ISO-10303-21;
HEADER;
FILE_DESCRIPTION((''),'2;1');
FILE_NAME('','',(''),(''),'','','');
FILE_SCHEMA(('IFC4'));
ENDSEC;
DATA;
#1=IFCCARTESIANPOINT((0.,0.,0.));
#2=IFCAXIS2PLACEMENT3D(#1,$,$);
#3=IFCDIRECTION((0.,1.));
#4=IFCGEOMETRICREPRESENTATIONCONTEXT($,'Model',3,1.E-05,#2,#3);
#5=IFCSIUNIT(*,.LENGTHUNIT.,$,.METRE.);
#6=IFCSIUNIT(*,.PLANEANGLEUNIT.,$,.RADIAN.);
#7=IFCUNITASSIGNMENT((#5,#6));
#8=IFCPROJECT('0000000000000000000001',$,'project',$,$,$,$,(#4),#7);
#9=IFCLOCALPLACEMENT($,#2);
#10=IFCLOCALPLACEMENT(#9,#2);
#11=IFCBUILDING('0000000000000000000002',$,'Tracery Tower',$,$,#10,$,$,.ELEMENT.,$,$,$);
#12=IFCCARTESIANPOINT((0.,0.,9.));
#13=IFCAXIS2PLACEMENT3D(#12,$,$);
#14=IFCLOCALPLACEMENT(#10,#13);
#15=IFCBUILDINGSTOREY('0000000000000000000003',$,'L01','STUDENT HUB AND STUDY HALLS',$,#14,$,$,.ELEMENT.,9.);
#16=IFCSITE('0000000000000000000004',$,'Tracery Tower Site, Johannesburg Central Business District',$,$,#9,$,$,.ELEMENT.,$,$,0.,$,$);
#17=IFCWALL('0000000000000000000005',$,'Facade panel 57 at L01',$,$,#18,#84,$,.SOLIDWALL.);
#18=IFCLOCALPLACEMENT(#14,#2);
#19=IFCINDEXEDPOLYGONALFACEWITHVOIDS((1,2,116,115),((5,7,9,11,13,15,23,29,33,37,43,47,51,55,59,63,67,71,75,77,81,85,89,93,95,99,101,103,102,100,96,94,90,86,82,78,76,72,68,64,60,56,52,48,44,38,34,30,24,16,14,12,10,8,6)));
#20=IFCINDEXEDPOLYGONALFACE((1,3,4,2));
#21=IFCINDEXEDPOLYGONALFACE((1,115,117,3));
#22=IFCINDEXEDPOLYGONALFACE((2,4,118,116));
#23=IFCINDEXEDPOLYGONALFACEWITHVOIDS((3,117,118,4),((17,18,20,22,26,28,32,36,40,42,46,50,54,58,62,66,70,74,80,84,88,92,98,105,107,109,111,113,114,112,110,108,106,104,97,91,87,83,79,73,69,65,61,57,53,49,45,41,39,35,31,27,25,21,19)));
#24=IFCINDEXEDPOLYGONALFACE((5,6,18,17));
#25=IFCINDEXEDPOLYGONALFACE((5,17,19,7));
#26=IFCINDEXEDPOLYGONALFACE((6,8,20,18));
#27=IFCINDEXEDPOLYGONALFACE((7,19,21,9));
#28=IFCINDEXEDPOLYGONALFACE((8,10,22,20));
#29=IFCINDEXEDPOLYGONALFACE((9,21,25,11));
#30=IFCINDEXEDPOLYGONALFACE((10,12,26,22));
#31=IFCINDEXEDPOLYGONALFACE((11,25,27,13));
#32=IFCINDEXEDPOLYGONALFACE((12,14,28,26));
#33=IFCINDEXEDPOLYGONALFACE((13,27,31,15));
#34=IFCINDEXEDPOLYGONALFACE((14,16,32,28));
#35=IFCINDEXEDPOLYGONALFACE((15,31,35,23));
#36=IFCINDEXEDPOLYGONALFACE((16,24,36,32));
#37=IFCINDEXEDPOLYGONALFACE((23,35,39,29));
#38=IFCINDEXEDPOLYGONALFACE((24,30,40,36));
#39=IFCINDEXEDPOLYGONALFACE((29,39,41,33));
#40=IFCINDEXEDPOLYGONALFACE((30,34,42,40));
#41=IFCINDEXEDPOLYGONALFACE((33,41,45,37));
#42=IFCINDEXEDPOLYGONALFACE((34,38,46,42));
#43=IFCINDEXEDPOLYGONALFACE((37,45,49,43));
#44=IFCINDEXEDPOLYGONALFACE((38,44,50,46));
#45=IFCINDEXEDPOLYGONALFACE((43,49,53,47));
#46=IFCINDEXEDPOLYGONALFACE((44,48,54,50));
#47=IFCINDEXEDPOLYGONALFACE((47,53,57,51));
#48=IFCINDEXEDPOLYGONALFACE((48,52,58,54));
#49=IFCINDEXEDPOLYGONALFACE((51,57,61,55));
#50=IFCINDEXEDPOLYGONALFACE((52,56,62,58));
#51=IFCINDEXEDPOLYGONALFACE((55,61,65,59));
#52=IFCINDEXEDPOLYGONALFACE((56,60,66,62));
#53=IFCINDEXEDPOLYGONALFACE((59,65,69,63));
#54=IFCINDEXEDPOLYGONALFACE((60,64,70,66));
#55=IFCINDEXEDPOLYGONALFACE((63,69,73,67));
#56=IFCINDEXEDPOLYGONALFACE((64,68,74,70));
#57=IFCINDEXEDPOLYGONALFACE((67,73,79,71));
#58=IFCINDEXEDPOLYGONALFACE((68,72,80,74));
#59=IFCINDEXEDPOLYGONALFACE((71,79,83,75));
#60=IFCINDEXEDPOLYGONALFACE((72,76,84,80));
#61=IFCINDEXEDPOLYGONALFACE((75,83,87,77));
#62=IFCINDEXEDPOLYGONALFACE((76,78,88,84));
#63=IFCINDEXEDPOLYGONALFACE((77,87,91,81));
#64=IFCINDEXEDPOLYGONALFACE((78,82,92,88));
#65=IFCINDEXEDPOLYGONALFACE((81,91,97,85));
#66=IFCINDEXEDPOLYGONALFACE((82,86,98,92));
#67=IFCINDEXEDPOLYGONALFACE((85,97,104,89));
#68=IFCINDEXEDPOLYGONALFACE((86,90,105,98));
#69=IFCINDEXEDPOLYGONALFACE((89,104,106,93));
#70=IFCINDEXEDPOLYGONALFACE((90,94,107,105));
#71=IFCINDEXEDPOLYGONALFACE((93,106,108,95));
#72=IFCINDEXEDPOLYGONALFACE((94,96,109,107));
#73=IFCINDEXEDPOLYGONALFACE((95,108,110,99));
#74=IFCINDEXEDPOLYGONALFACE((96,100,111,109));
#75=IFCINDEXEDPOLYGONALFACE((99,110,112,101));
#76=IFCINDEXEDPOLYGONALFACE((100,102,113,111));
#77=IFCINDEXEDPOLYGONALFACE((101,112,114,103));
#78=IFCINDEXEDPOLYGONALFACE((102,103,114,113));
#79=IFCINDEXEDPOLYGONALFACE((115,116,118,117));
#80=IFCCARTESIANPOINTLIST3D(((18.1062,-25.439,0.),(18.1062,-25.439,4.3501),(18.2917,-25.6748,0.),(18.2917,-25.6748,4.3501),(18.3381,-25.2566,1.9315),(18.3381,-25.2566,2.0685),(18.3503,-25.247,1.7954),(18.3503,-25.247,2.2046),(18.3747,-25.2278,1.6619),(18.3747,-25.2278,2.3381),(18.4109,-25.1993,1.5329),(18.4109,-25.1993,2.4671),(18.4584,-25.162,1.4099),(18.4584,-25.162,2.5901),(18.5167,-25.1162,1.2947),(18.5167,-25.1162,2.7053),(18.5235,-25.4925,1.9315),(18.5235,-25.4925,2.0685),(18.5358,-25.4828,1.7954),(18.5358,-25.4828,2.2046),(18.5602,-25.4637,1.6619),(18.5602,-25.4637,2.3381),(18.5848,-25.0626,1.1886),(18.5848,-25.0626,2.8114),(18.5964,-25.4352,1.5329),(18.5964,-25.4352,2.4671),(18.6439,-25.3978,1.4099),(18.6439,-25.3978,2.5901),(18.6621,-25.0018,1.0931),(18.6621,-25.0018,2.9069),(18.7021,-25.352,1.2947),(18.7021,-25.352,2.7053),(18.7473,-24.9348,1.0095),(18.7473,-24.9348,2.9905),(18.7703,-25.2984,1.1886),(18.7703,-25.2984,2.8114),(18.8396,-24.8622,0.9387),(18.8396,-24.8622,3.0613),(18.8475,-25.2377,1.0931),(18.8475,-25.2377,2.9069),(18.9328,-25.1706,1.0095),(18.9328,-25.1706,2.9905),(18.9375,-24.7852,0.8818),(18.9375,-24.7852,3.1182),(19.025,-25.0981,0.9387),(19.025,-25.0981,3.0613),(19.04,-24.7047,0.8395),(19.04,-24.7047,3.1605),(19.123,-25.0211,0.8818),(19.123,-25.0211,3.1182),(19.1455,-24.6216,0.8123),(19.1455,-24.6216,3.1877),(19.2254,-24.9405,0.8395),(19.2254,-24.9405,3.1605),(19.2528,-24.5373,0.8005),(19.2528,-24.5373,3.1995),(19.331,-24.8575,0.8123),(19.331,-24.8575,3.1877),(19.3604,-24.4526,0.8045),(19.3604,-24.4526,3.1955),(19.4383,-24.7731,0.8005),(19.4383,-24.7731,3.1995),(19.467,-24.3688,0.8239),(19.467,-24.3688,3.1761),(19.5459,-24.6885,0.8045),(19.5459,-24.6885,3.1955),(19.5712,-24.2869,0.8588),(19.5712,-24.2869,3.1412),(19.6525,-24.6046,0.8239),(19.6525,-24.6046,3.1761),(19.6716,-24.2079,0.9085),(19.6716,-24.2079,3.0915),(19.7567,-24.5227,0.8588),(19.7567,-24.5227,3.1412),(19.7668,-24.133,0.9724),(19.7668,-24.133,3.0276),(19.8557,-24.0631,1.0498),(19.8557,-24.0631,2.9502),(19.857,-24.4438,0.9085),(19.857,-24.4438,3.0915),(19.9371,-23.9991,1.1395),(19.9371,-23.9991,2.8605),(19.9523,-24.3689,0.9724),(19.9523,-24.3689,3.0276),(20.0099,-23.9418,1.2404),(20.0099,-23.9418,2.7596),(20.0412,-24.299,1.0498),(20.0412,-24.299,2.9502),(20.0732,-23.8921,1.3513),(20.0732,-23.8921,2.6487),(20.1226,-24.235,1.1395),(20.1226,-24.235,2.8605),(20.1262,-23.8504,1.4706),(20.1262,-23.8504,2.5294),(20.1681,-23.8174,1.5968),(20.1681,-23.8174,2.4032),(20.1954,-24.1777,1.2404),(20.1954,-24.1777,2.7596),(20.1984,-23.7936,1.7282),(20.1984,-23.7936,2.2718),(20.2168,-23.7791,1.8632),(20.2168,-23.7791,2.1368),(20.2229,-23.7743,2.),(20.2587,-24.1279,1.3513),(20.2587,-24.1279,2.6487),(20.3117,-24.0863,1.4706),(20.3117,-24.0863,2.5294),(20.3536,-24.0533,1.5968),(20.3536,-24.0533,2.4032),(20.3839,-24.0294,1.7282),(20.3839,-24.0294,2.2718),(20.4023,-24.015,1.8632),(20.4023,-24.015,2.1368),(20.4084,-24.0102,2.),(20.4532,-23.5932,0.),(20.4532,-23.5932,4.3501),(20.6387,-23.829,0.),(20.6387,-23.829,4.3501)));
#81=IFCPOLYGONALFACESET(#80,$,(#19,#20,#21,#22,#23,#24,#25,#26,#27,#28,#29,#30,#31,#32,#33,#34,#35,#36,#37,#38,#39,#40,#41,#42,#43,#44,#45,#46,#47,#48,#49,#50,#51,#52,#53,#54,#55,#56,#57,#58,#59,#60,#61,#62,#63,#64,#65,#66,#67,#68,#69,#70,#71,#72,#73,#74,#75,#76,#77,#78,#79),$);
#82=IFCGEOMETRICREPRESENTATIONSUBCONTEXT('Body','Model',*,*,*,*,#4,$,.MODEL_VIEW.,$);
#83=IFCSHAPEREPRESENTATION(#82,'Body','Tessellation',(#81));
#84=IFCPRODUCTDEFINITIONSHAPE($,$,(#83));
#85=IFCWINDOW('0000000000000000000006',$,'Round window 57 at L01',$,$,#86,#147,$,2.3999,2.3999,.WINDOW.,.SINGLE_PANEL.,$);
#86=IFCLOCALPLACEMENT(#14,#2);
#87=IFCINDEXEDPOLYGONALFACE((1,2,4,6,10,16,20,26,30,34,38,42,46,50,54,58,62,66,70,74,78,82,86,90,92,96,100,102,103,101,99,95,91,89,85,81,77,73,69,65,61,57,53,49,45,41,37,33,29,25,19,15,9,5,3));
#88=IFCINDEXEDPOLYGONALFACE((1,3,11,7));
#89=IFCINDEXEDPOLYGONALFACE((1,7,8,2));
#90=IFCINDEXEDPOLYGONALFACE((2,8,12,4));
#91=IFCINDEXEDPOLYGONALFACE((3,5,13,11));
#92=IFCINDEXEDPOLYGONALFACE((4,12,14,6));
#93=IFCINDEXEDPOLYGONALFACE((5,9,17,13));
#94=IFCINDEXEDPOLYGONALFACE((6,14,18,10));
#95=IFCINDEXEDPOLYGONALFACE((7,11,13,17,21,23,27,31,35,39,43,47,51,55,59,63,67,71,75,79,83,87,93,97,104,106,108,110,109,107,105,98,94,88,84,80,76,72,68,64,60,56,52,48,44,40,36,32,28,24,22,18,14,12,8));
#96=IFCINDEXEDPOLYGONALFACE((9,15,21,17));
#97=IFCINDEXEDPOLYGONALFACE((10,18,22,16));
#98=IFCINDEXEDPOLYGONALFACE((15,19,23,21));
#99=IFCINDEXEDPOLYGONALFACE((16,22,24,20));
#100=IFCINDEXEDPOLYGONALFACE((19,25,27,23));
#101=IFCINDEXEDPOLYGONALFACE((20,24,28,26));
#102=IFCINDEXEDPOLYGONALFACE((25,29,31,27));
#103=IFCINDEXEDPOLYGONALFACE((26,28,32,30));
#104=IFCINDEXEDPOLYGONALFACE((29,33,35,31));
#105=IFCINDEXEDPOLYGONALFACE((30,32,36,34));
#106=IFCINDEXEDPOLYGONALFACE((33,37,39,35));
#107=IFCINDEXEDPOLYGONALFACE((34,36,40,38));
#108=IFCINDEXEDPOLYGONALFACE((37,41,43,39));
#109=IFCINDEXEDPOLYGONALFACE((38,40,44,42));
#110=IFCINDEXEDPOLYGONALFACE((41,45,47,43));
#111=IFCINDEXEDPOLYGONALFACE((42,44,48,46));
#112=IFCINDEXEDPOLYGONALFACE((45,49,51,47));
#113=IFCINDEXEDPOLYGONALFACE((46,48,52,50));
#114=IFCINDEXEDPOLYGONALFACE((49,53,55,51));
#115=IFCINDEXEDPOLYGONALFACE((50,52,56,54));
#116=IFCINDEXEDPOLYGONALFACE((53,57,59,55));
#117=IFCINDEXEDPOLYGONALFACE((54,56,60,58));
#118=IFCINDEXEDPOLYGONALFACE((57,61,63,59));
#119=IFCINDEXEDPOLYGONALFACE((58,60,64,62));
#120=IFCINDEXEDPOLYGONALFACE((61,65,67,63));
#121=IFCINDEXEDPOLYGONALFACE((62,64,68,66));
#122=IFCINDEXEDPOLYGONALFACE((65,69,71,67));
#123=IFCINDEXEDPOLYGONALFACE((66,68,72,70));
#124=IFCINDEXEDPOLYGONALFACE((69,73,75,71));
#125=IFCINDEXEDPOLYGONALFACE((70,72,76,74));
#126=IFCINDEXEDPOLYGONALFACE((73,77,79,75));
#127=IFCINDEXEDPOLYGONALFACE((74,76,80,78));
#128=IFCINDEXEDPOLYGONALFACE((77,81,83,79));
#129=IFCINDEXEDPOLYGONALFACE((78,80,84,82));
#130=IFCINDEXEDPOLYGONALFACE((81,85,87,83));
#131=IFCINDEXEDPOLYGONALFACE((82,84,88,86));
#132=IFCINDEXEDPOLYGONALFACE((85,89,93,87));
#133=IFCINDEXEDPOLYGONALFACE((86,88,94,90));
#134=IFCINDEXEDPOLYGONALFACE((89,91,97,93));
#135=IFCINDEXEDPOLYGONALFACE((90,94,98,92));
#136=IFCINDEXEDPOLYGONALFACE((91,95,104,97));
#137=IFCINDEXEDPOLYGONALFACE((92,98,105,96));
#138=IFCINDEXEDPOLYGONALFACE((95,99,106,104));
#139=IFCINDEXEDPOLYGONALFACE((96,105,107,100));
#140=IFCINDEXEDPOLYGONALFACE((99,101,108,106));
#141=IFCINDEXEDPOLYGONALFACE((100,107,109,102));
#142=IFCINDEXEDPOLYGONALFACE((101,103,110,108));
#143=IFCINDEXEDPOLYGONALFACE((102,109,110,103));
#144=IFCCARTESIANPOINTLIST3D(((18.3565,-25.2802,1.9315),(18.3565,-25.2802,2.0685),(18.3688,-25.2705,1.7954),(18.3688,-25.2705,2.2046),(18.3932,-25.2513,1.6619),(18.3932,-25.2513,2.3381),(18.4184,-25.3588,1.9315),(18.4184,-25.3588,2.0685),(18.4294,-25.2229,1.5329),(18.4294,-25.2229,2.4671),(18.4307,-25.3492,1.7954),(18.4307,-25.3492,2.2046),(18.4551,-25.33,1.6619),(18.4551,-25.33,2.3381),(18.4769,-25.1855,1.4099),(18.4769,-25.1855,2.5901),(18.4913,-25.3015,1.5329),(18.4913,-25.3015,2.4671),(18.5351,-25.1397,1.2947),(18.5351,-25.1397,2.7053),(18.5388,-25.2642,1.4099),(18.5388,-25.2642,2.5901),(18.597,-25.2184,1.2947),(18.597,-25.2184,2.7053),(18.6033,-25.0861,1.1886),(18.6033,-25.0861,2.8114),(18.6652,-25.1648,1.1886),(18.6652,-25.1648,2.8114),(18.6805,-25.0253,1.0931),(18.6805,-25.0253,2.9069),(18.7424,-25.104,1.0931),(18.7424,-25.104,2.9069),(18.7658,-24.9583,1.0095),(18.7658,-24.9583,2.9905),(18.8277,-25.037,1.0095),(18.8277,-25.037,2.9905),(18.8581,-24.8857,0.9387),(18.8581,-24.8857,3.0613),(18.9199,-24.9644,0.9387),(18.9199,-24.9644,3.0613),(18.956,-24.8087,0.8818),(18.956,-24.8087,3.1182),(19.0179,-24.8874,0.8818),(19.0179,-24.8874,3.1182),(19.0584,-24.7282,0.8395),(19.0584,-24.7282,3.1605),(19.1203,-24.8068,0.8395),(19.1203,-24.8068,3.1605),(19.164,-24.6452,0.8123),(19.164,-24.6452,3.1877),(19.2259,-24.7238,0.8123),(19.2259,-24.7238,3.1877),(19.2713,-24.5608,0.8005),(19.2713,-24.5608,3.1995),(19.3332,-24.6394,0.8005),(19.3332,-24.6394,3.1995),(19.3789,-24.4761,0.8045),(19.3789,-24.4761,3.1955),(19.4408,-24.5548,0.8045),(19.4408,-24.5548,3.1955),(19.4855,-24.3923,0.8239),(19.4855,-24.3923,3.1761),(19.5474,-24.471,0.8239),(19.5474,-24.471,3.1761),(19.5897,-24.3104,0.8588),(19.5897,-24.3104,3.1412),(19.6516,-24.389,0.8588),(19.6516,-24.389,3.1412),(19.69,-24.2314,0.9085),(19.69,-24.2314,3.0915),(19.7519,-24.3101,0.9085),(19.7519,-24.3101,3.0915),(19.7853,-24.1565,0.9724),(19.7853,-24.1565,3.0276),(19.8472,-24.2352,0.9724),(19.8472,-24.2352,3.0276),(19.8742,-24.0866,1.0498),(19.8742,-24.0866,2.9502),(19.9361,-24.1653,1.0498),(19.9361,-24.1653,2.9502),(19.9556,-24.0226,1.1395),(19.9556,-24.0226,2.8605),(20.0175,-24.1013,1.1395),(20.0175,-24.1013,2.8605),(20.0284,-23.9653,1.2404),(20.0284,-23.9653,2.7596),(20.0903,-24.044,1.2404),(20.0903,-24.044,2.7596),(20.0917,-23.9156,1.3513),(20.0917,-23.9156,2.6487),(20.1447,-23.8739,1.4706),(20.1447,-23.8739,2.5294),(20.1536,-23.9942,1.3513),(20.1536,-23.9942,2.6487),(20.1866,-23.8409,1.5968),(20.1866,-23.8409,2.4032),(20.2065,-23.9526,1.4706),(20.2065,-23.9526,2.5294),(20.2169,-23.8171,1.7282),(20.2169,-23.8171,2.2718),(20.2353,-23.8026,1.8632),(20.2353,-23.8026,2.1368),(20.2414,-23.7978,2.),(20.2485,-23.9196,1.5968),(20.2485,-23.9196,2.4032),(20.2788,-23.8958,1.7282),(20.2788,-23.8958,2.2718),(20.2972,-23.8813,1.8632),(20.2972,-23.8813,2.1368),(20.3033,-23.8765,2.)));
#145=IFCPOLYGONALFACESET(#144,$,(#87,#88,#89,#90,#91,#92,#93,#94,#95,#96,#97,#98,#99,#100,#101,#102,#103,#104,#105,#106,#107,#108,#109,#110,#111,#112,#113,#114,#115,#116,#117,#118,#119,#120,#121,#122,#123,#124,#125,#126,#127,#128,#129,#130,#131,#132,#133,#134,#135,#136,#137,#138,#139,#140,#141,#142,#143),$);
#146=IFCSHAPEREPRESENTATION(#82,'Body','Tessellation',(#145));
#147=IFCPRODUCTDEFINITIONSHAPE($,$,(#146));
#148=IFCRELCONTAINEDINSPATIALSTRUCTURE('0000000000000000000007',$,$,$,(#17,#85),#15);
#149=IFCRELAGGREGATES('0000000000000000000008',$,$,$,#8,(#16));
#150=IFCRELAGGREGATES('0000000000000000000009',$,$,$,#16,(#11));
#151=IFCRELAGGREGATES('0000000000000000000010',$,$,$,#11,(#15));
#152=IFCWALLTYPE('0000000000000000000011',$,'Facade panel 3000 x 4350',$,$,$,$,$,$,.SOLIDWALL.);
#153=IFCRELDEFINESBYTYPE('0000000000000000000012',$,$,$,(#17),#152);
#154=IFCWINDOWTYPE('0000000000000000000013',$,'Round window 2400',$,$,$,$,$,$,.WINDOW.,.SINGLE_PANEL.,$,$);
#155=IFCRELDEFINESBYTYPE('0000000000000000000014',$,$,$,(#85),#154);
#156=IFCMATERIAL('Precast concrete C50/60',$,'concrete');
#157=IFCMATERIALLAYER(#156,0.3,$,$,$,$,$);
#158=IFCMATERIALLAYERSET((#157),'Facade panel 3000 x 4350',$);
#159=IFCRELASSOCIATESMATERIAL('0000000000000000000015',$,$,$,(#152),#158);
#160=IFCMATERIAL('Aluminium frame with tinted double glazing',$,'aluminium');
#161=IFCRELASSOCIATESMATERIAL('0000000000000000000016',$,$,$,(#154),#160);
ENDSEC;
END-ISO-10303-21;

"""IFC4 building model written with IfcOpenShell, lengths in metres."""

from ifc_helpers import new_model, si_unit, direction, frame, frame_2d, origin, origin_2d, place, context, subcontext, project, spatial, rectangle, circle, extrude, material, layer, layer_set, type_object, element, fill, save


model = new_model("IFC4")

# Units and contexts
model_context = context("Model", 3, precision=1e-05, world=origin(), true_north=direction((0.0, 1.0)))
body_context = subcontext(model_context, "Body", "Model", "MODEL_VIEW")
ifc_project = project(units=[si_unit("LENGTHUNIT", "METRE"), si_unit("PLANEANGLEUNIT", "RADIAN")], contexts=[model_context])

# Site, building, storey
site_placement = place(None, origin())
site = spatial("IfcSite", under=ifc_project, at=site_placement, Name="Tracery Tower Site, Johannesburg Central Business District", CompositionType="ELEMENT", RefElevation=0.0)
building_placement = place(site_placement, origin())
building = spatial("IfcBuilding", under=site, at=building_placement, Name="Tracery Tower", CompositionType="ELEMENT")
storey_placement = place(building_placement, frame((0.0, 0.0, 9.0)))
storey = spatial("IfcBuildingStorey", under=building, at=storey_placement, Name="L01", Description="STUDENT HUB AND STUDY HALLS", CompositionType="ELEMENT", Elevation=9.0)

# Wall, opening, window
ifc_material_1 = material(Name="Precast concrete C50/60", Category="concrete")
ifc_layer_1 = layer(ifc_material_1, 0.3)
ifc_layer_set_1 = layer_set([ifc_layer_1], Name="Facade panel 3000 x 4350")
wall_type_1 = type_object("IfcWallType", Name="Facade panel 3000 x 4350", PredefinedType="SOLIDWALL", material=ifc_layer_set_1)
ifc_material_2 = material(Name="Aluminium frame with tinted double glazing", Category="aluminium")
window_type = type_object("IfcWindowType", Name="Round window 2400", PartitioningType="SINGLE_PANEL", PredefinedType="WINDOW", material=ifc_material_2)
wall_1_placement = place(storey_placement, frame((18.199, -25.5569, 0.0), z_axis=(0.0, 0.0, 1.0), x_axis=(0.786043, 0.618172, 0.0)))
wall_1 = element("IfcWall", 1, at=wall_1_placement, inside=storey, type_object=wall_type_1, Name="Facade panel 57 at L01", PredefinedType="SOLIDWALL", context=body_context, shape_type="SweptSolid", body=[
    extrude(rectangle(XDim=2.9858, YDim=0.3, at=frame_2d((1.4929, 0.0))), origin(), (0.0, 0.0, 1.0), 4.3501),
])
opening_1_placement = place(wall_1_placement, frame((1.4929, 0.0, 2.0)))
opening_1 = element("IfcOpeningElement", 2, at=opening_1_placement, cuts=wall_1, PredefinedType="OPENING", context=body_context, shape_type="SweptSolid", body=[
    extrude(circle(Radius=1.2, at=origin_2d()), frame((0.0, 0.1599, 0.0), z_axis=(0.0, -1.0, 0.0), x_axis=(1.0, 0.0, 0.0)), (0.0, 0.0, 1.0), 0.3201),
])
window_1_placement = place(opening_1_placement, origin())
window_1 = element("IfcWindow", 3, at=window_1_placement, inside=storey, type_object=window_type, Name="Round window 57 at L01", OverallHeight=2.3999, OverallWidth=2.3999, PartitioningType="SINGLE_PANEL", PredefinedType="WINDOW", context=body_context, shape_type="SweptSolid", body=[
    extrude(circle(Radius=1.2, at=origin_2d()), frame((0.0, 0.1201, 0.0), z_axis=(0.0, -1.0, 0.0), x_axis=(1.0, 0.0, 0.0)), (0.0, 0.0, 1.0), 0.1001),
])
fill(opening_1, window_1)

save(model, "model.ifc")
